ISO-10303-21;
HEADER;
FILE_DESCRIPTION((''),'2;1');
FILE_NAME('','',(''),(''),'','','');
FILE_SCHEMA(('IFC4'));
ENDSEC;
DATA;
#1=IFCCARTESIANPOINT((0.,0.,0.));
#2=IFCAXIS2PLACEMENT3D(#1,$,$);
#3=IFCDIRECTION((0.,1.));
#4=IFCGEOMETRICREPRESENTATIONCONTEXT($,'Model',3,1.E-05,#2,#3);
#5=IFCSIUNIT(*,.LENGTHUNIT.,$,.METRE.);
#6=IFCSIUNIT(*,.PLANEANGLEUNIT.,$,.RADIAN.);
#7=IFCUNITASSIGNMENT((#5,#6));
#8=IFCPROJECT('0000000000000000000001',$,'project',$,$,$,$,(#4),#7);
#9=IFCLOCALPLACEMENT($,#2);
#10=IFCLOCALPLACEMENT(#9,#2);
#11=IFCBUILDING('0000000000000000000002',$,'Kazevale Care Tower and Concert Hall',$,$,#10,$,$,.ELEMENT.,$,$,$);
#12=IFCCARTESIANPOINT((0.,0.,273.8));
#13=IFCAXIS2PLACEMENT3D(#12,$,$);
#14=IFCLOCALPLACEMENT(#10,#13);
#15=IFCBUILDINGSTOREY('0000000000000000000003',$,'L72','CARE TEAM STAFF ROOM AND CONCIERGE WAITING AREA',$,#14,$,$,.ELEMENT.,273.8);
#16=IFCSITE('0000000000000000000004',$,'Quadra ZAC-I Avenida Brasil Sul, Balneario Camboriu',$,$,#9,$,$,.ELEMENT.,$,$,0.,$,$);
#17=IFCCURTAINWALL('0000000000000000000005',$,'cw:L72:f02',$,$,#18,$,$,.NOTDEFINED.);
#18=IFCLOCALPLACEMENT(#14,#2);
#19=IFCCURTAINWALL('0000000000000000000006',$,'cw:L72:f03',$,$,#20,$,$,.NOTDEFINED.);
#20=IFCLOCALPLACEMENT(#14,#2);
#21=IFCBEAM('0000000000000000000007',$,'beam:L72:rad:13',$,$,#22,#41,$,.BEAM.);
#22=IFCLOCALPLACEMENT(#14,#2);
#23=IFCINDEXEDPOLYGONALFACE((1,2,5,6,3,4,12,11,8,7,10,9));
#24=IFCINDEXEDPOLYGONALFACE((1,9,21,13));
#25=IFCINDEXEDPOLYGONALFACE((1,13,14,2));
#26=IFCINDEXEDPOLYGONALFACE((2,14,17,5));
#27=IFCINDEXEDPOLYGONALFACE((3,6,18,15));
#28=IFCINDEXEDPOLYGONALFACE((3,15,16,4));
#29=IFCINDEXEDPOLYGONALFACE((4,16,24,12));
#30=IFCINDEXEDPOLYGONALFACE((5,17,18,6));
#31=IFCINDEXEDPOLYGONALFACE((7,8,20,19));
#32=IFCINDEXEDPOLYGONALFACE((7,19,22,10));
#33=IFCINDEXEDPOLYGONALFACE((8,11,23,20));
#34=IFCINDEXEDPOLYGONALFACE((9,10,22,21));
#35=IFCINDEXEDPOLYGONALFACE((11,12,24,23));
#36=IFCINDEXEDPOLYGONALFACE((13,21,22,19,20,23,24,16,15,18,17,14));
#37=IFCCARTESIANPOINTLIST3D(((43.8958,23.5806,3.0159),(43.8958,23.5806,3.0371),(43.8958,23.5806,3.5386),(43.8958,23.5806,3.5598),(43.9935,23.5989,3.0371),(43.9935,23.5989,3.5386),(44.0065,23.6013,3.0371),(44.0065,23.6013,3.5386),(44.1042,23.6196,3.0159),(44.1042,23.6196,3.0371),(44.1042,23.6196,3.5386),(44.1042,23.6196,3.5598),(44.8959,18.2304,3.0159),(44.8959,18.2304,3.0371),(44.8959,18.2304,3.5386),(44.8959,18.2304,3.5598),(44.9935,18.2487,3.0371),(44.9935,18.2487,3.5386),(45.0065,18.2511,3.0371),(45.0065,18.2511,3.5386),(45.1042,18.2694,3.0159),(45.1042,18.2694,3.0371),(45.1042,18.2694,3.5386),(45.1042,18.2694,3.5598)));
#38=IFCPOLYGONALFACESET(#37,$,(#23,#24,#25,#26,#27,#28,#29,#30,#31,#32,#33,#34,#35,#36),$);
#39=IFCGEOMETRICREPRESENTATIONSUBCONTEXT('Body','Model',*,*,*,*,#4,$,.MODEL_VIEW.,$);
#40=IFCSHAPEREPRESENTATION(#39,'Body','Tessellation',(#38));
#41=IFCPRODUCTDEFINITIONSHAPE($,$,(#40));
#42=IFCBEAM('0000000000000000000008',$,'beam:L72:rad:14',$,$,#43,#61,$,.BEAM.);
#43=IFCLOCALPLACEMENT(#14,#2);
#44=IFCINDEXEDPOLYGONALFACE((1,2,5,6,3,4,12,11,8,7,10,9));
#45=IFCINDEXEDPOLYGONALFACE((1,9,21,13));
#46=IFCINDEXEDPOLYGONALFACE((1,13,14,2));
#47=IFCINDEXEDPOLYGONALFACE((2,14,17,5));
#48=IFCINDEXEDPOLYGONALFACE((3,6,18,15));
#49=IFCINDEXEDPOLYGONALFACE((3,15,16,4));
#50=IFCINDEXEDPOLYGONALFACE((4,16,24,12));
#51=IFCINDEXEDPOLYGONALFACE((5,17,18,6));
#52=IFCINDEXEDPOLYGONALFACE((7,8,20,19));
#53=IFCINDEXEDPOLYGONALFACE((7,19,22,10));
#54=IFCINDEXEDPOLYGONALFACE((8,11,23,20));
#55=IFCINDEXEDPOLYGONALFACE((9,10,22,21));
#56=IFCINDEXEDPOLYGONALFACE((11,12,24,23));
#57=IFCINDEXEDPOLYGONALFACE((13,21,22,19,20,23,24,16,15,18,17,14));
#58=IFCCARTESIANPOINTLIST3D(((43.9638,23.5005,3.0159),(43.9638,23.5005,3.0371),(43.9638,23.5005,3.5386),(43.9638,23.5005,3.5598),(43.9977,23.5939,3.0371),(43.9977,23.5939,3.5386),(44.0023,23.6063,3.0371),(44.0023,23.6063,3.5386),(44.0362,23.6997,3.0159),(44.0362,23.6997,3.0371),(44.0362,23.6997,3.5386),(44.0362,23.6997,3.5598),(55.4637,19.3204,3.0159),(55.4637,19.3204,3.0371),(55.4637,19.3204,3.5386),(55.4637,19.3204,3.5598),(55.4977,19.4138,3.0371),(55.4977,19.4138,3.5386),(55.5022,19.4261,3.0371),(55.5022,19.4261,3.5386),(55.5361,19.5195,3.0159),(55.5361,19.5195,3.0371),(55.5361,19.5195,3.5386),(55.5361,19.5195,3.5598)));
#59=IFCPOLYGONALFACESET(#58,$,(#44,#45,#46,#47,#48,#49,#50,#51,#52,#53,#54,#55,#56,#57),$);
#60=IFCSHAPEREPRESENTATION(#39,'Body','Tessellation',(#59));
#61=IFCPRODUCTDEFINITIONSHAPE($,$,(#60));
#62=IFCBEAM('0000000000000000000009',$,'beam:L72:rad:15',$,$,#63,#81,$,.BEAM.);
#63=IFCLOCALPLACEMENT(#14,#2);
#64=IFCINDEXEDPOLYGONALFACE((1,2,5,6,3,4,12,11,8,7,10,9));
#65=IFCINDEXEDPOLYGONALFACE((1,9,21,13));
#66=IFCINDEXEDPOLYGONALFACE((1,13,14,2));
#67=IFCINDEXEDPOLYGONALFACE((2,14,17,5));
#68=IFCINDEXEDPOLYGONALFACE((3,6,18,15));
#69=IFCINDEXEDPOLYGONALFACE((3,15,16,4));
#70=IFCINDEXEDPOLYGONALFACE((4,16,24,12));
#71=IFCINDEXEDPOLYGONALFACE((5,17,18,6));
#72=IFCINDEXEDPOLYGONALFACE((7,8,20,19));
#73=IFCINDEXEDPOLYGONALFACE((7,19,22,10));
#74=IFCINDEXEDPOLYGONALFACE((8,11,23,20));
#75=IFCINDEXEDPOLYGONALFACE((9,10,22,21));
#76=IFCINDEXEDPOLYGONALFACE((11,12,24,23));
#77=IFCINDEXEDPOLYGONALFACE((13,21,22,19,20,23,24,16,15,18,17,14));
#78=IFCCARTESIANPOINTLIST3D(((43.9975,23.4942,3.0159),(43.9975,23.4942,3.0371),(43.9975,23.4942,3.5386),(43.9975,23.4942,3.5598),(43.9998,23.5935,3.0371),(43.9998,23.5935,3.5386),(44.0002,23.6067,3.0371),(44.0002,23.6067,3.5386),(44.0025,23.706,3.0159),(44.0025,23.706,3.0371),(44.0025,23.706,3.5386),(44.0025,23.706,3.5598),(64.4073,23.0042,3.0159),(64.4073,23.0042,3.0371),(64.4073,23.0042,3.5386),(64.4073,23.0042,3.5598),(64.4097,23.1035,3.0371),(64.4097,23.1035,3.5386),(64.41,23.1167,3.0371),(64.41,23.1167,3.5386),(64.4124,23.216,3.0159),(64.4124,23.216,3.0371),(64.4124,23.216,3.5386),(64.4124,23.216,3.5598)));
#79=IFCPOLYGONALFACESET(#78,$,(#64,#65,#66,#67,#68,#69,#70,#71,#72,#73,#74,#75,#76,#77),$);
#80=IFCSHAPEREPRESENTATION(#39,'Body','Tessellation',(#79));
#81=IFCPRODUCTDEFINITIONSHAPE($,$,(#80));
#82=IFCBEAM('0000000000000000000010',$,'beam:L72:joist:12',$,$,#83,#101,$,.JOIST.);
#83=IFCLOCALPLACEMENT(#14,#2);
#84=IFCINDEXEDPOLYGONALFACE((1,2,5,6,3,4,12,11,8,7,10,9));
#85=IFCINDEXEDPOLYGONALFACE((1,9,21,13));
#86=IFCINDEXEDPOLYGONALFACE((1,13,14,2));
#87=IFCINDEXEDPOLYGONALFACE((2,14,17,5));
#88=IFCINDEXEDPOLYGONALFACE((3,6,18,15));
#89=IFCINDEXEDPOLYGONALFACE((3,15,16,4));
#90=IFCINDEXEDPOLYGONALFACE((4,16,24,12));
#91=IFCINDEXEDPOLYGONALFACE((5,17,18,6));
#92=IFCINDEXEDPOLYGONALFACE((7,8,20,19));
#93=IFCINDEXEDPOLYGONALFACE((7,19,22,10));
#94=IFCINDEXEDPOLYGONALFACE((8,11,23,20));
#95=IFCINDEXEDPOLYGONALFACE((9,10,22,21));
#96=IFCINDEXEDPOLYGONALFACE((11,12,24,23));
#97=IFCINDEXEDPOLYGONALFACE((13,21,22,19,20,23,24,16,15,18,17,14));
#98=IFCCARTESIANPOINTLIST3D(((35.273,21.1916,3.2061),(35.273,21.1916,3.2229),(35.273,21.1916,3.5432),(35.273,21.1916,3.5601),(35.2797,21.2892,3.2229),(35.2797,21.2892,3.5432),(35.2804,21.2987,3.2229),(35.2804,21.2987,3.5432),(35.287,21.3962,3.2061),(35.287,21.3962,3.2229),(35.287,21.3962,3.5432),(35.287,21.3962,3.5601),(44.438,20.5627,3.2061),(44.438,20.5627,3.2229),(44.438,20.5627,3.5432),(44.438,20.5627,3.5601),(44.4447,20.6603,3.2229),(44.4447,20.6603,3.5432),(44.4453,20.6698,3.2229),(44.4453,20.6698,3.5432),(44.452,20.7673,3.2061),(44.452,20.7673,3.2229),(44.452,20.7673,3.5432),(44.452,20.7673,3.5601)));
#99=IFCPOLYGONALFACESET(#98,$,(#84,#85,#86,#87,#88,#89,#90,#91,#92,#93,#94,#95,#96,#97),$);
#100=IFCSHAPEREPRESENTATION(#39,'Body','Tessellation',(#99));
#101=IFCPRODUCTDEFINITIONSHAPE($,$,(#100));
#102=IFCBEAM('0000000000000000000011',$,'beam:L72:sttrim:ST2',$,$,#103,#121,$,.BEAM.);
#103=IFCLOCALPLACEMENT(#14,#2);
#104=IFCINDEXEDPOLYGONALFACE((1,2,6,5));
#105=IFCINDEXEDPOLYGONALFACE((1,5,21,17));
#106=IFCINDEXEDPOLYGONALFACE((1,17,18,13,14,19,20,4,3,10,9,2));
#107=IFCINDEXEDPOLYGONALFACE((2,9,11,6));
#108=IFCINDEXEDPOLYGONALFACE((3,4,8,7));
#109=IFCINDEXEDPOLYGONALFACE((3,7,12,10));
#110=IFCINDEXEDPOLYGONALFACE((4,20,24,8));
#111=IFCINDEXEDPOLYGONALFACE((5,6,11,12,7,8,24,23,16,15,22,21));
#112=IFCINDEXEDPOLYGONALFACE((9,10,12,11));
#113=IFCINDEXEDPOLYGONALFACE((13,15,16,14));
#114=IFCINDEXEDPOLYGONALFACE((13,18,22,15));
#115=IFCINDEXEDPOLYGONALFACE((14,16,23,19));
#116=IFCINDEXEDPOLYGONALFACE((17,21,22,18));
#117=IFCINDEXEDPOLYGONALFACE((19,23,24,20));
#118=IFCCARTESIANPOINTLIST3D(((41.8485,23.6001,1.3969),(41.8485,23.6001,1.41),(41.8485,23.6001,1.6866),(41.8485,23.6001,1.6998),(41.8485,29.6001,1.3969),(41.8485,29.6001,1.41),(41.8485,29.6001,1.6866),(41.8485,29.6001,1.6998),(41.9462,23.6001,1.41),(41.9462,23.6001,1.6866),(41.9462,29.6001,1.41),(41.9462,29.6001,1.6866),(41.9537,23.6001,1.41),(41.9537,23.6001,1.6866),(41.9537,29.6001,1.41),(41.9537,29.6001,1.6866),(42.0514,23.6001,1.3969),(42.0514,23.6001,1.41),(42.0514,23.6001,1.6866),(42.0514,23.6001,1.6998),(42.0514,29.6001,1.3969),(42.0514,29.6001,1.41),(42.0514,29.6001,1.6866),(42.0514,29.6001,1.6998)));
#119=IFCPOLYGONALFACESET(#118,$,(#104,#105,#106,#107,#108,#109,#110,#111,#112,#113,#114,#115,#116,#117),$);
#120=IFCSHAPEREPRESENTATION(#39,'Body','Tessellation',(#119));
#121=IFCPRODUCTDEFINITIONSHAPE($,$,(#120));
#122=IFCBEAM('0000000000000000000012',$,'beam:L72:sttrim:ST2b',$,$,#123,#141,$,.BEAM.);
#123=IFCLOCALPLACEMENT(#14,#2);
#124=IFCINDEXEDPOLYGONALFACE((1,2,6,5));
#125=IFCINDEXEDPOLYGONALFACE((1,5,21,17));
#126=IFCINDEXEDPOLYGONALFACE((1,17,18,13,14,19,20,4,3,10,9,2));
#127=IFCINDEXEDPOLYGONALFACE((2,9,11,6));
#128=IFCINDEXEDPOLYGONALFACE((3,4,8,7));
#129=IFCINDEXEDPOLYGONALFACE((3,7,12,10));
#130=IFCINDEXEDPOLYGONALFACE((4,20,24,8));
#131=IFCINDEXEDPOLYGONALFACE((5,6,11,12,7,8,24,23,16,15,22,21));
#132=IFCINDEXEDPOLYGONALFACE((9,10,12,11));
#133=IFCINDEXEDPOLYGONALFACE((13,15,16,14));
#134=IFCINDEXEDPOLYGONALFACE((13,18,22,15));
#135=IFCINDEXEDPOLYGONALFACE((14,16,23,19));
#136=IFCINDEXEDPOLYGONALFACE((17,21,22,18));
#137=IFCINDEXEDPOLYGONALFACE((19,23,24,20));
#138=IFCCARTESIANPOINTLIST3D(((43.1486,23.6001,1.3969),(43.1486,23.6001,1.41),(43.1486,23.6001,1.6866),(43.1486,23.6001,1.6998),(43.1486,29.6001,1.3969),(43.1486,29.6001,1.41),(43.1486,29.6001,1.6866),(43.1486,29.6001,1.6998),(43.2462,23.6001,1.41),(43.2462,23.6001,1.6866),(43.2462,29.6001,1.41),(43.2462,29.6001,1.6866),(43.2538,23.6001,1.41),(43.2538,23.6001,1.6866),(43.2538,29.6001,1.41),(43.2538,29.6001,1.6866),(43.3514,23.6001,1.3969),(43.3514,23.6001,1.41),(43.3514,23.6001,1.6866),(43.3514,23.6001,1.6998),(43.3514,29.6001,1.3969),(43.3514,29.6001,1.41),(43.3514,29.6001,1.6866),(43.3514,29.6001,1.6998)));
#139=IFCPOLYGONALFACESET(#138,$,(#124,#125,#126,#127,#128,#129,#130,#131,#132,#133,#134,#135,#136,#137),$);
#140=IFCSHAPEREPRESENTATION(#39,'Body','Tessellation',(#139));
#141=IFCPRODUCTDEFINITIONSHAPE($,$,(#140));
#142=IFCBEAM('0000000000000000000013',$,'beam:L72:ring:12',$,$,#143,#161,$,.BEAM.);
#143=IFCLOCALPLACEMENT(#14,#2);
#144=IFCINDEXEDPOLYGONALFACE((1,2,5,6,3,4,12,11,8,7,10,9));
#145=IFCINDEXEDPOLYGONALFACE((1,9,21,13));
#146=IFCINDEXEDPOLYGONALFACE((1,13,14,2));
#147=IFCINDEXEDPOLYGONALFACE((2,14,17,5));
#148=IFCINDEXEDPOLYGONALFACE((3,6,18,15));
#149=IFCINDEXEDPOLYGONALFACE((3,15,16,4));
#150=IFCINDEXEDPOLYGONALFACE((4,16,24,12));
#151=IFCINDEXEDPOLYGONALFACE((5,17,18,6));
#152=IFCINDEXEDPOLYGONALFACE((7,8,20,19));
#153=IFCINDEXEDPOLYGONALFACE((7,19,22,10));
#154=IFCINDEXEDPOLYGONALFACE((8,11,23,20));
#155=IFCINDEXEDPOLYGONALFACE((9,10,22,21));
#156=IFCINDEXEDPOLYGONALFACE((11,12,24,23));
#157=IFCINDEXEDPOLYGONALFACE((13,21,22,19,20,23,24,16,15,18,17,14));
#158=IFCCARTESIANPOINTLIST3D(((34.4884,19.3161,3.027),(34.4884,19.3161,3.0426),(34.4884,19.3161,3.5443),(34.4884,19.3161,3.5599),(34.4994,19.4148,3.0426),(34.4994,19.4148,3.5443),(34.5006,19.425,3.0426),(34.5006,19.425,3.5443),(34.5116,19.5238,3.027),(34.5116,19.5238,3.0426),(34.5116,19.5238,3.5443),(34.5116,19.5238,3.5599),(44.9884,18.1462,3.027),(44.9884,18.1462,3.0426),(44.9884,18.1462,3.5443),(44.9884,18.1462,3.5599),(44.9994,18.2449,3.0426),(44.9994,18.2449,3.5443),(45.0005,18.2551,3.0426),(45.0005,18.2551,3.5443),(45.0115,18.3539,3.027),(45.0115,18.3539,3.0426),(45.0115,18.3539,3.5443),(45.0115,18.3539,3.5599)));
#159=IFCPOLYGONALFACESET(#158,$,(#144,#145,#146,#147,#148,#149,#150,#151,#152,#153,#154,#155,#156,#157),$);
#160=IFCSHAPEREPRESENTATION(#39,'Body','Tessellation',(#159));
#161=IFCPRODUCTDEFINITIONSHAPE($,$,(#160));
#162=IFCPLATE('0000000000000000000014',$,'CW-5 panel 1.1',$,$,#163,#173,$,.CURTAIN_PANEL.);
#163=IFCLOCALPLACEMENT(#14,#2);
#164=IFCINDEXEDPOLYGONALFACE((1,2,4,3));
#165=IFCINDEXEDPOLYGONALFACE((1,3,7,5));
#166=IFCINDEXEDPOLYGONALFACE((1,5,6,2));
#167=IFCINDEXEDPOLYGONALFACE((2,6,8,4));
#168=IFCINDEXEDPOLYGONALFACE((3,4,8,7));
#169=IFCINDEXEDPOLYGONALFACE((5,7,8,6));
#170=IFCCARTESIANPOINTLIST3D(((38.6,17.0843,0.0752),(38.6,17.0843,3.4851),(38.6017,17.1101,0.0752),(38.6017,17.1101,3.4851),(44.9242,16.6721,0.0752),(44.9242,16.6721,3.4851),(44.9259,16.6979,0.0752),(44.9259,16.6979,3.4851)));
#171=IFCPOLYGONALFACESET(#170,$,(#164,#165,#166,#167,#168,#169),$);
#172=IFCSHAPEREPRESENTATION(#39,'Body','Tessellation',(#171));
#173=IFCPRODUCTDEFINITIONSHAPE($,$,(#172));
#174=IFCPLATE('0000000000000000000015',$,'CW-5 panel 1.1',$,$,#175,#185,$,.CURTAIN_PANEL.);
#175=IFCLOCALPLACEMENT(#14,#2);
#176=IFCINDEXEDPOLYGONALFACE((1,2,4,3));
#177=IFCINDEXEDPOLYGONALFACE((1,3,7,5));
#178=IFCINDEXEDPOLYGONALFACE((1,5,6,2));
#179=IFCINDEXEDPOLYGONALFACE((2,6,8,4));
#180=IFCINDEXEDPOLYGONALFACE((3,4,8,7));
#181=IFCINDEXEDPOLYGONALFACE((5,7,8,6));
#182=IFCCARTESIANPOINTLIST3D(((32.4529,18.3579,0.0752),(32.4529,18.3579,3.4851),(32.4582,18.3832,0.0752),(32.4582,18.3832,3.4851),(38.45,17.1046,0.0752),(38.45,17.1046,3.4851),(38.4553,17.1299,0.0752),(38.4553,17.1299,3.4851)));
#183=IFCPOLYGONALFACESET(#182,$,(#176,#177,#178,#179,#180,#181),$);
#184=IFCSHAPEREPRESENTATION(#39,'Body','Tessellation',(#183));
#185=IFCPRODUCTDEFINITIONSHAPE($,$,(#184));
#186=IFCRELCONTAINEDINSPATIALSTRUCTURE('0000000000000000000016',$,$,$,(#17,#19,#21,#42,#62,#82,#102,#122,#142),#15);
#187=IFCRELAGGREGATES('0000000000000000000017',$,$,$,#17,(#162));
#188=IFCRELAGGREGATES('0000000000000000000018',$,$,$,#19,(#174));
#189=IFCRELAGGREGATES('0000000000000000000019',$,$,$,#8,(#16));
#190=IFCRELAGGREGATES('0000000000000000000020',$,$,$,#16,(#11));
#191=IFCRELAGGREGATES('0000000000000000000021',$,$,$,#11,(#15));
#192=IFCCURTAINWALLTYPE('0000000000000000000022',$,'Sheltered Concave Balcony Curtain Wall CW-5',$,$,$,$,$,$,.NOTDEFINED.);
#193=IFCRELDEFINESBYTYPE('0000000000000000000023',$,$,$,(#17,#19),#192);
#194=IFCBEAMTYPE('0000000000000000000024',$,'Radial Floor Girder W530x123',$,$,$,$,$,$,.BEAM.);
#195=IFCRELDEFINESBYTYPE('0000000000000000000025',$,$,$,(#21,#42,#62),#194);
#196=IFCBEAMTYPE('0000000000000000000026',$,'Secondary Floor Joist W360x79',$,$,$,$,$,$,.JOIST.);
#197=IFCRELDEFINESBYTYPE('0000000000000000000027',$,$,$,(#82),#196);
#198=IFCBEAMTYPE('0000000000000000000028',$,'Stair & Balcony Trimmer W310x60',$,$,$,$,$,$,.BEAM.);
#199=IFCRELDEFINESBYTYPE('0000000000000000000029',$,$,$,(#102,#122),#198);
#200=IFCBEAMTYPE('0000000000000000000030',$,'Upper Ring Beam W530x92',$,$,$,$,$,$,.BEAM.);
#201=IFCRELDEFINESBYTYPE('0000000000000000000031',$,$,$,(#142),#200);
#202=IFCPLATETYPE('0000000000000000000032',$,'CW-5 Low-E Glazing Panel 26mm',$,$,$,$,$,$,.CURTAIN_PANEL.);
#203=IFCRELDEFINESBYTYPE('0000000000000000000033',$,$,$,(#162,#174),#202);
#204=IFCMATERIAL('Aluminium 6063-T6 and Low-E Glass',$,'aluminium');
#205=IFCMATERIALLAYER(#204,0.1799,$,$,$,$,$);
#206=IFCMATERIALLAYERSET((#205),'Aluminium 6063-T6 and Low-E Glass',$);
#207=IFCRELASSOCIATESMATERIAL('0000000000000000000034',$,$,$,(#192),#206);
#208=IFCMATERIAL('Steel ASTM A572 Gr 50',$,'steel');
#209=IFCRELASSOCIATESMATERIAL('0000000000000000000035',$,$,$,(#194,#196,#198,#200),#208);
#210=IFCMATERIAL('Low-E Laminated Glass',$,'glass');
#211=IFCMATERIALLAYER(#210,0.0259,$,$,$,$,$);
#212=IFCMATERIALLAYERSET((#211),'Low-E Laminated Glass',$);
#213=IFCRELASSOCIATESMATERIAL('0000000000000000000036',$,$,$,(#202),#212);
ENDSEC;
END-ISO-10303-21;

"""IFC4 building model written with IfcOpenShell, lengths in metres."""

from ifc_helpers import new_model, si_unit, direction, frame, origin, origin_2d, place, context, subcontext, project, spatial, rectangle, i_section, extrude, material, layer, layer_set, material_profile, profile_set, type_object, element, aggregate, save


model = new_model("IFC4")

# Units and contexts
model_context = context("Model", 3, precision=1e-05, world=origin(), true_north=direction((0.0, 1.0)))
body_context = subcontext(model_context, "Body", "Model", "MODEL_VIEW")
ifc_project = project(units=[si_unit("LENGTHUNIT", "METRE"), si_unit("PLANEANGLEUNIT", "RADIAN")], contexts=[model_context])

# Site, building, storey
site_placement = place(None, origin())
site = spatial("IfcSite", under=ifc_project, at=site_placement, Name="Quadra ZAC-I Avenida Brasil Sul, Balneario Camboriu", CompositionType="ELEMENT", RefElevation=0.0)
building_placement = place(site_placement, origin())
building = spatial("IfcBuilding", under=site, at=building_placement, Name="Kazevale Care Tower and Concert Hall", CompositionType="ELEMENT")
storey_placement = place(building_placement, frame((0.0, 0.0, 273.8)))
storey = spatial("IfcBuildingStorey", under=building, at=storey_placement, Name="L72", Description="CARE TEAM STAFF ROOM AND CONCIERGE WAITING AREA", CompositionType="ELEMENT", Elevation=273.8)

# Curtain wall
ifc_material_1 = material(Name="Aluminium 6063-T6 and Low-E Glass", Category="aluminium")
ifc_layer_1 = layer(ifc_material_1, 0.1799)
ifc_layer_set_1 = layer_set([ifc_layer_1], Name="Aluminium 6063-T6 and Low-E Glass")
curtain_wall_type = type_object("IfcCurtainWallType", Name="Sheltered Concave Balcony Curtain Wall CW-5", PredefinedType="NOTDEFINED", material=ifc_layer_set_1)
curtain_wall_1_placement = place(storey_placement, origin())
curtain_wall_1 = element("IfcCurtainWall", 1, at=curtain_wall_1_placement, inside=storey, type_object=curtain_wall_type, Name="cw:L72:f02", PredefinedType="NOTDEFINED")

# Curtain wall
curtain_wall_2_placement = place(storey_placement, origin())
curtain_wall_2 = element("IfcCurtainWall", 2, at=curtain_wall_2_placement, inside=storey, type_object=curtain_wall_type, Name="cw:L72:f03", PredefinedType="NOTDEFINED")

# Beams
ifc_material_2 = material(Name="Steel ASTM A572 Gr 50", Category="steel")
ifc_material_profile_1 = material_profile(ifc_material_2, i_section(OverallWidth=0.2119, OverallDepth=0.5439, WebThickness=0.0132, FlangeThickness=0.0212, at=origin_2d()), Name="W530x123")
ifc_profile_set_1 = profile_set([ifc_material_profile_1], Name="Steel ASTM A572 Gr 50")
beam_type_1 = type_object("IfcBeamType", Name="Radial Floor Girder W530x123", PredefinedType="BEAM", material=ifc_profile_set_1)
beam_1_placement = place(storey_placement, frame((44.0, 23.6001, 3.2878), z_axis=(0.183731, -0.982977, 0.0), x_axis=(0.982977, 0.183731, 0.0)))
element("IfcBeam", 3, at=beam_1_placement, inside=storey, type_object=beam_type_1, Name="beam:L72:rad:13", PredefinedType="BEAM", context=body_context, shape_type="SweptSolid", body=[
    extrude(i_section(OverallWidth=0.2119, OverallDepth=0.5439, WebThickness=0.0132, FlangeThickness=0.0212, at=origin_2d()), origin(), (0.0, 0.0, 1.0), 5.4429),
])
beam_2_placement = place(storey_placement, frame((44.0, 23.6001, 3.2878), z_axis=(0.939837, -0.341625, 0.0), x_axis=(0.341625, 0.939837, 0.0)))
element("IfcBeam", 4, at=beam_2_placement, inside=storey, type_object=beam_type_1, Name="beam:L72:rad:14", PredefinedType="BEAM", context=body_context, shape_type="SweptSolid", body=[
    extrude(i_section(OverallWidth=0.2119, OverallDepth=0.5439, WebThickness=0.0132, FlangeThickness=0.0212, at=origin_2d()), origin(), (0.0, 0.0, 1.0), 12.2361),
])
beam_3_placement = place(storey_placement, frame((44.0, 23.6001, 3.2878), z_axis=(0.999712, -0.024001, 0.0), x_axis=(0.024001, 0.999712, 0.0)))
element("IfcBeam", 5, at=beam_3_placement, inside=storey, type_object=beam_type_1, Name="beam:L72:rad:15", PredefinedType="BEAM", context=body_context, shape_type="SweptSolid", body=[
    extrude(i_section(OverallWidth=0.2119, OverallDepth=0.5439, WebThickness=0.0132, FlangeThickness=0.0212, at=origin_2d()), origin(), (0.0, 0.0, 1.0), 20.4158),
])
ifc_material_profile_2 = material_profile(ifc_material_2, i_section(OverallWidth=0.2051, OverallDepth=0.354, WebThickness=0.0095, FlangeThickness=0.0168, at=origin_2d()), Name="W360x79")
ifc_profile_set_2 = profile_set([ifc_material_profile_2], Name="Steel ASTM A572 Gr 50")
beam_type_2 = type_object("IfcBeamType", Name="Secondary Floor Joist W360x79", PredefinedType="JOIST", material=ifc_profile_set_2)
beam_4_placement = place(storey_placement, frame((35.28, 21.2939, 3.3831), z_axis=(0.997654, -0.068459, 0.0), x_axis=(0.068459, 0.997654, 0.0)))
element("IfcBeam", 6, at=beam_4_placement, inside=storey, type_object=beam_type_2, Name="beam:L72:joist:12", PredefinedType="JOIST", context=body_context, shape_type="SweptSolid", body=[
    extrude(i_section(OverallWidth=0.2051, OverallDepth=0.354, WebThickness=0.0095, FlangeThickness=0.0168, at=origin_2d()), origin(), (0.0, 0.0, 1.0), 9.1865),
])
ifc_material_profile_3 = material_profile(ifc_material_2, i_section(OverallWidth=0.2029, OverallDepth=0.303, WebThickness=0.0076, FlangeThickness=0.0132, at=origin_2d()), Name="W310x60")
ifc_profile_set_3 = profile_set([ifc_material_profile_3], Name="Steel ASTM A572 Gr 50")
beam_type_3 = type_object("IfcBeamType", Name="Stair & Balcony Trimmer W310x60", PredefinedType="BEAM", material=ifc_profile_set_3)
for number, where, z_axis, x_axis, name in (
    (7, (41.95, 23.6001, 1.5483), (0.0, 1.0, 0.0), (-1.0, 0.0, 0.0), "beam:L72:sttrim:ST2"),
    (8, (43.25, 23.6001, 1.5483), (0.0, 1.0, 0.0), (-1.0, 0.0, 0.0), "beam:L72:sttrim:ST2b"),
):
    element("IfcBeam", number, at=place(storey_placement, frame(where, z_axis=z_axis, x_axis=x_axis)), inside=storey, type_object=beam_type_3, Name=name, PredefinedType="BEAM", context=body_context, shape_type="SweptSolid", body=[
        extrude(i_section(OverallWidth=0.2029, OverallDepth=0.303, WebThickness=0.0076, FlangeThickness=0.0132, at=origin_2d()), origin(), (0.0, 0.0, 1.0), 6.0),
    ])
ifc_material_profile_4 = material_profile(ifc_material_2, i_section(OverallWidth=0.209, OverallDepth=0.533, WebThickness=0.0103, FlangeThickness=0.0156, at=origin_2d()), Name="W530x92")
ifc_profile_set_4 = profile_set([ifc_material_profile_4], Name="Steel ASTM A572 Gr 50")
beam_type_4 = type_object("IfcBeamType", Name="Upper Ring Beam W530x92", PredefinedType="BEAM", material=ifc_profile_set_4)
beam_5_placement = place(storey_placement, frame((34.5, 19.4199, 3.2935), z_axis=(0.99385, -0.110736, 0.0), x_axis=(0.110736, 0.99385, 0.0)))
element("IfcBeam", 9, at=beam_5_placement, inside=storey, type_object=beam_type_4, Name="beam:L72:ring:12", PredefinedType="BEAM", context=body_context, shape_type="SweptSolid", body=[
    extrude(i_section(OverallWidth=0.209, OverallDepth=0.533, WebThickness=0.0103, FlangeThickness=0.0156, at=origin_2d()), origin(), (0.0, 0.0, 1.0), 10.5649),
])

# Plates
ifc_material_3 = material(Name="Low-E Laminated Glass", Category="glass")
ifc_layer_2 = layer(ifc_material_3, 0.0259)
ifc_layer_set_2 = layer_set([ifc_layer_2], Name="Low-E Laminated Glass")
plate_type = type_object("IfcPlateType", Name="CW-5 Low-E Glazing Panel 26mm", PredefinedType="CURTAIN_PANEL", material=ifc_layer_set_2)
plate_1_placement = place(storey_placement, frame((41.7629, 16.8911, 0.0752), z_axis=(0.0, 0.0, 1.0), x_axis=(-0.997882, 0.065046, 0.0)))
plate_1 = element("IfcPlate", 10, at=plate_1_placement, type_object=plate_type, Name="CW-5 panel 1.1", PredefinedType="CURTAIN_PANEL", context=body_context, shape_type="SweptSolid", body=[
    extrude(rectangle(XDim=6.3376, YDim=0.0259, at=origin_2d()), origin(), (0.0, 0.0, 1.0), 3.4099),
])
aggregate(curtain_wall_1, [plate_1])
plate_2_placement = place(storey_placement, frame((35.4541, 17.7439, 0.0752), z_axis=(0.0, 0.0, 1.0), x_axis=(-0.978853, 0.204565, 0.0)))
plate_2 = element("IfcPlate", 11, at=plate_2_placement, type_object=plate_type, Name="CW-5 panel 1.1", PredefinedType="CURTAIN_PANEL", context=body_context, shape_type="SweptSolid", body=[
    extrude(rectangle(XDim=6.1267, YDim=0.0259, at=origin_2d()), origin(), (0.0, 0.0, 1.0), 3.4099),
])
aggregate(curtain_wall_2, [plate_2])

save(model, "model.ifc")
